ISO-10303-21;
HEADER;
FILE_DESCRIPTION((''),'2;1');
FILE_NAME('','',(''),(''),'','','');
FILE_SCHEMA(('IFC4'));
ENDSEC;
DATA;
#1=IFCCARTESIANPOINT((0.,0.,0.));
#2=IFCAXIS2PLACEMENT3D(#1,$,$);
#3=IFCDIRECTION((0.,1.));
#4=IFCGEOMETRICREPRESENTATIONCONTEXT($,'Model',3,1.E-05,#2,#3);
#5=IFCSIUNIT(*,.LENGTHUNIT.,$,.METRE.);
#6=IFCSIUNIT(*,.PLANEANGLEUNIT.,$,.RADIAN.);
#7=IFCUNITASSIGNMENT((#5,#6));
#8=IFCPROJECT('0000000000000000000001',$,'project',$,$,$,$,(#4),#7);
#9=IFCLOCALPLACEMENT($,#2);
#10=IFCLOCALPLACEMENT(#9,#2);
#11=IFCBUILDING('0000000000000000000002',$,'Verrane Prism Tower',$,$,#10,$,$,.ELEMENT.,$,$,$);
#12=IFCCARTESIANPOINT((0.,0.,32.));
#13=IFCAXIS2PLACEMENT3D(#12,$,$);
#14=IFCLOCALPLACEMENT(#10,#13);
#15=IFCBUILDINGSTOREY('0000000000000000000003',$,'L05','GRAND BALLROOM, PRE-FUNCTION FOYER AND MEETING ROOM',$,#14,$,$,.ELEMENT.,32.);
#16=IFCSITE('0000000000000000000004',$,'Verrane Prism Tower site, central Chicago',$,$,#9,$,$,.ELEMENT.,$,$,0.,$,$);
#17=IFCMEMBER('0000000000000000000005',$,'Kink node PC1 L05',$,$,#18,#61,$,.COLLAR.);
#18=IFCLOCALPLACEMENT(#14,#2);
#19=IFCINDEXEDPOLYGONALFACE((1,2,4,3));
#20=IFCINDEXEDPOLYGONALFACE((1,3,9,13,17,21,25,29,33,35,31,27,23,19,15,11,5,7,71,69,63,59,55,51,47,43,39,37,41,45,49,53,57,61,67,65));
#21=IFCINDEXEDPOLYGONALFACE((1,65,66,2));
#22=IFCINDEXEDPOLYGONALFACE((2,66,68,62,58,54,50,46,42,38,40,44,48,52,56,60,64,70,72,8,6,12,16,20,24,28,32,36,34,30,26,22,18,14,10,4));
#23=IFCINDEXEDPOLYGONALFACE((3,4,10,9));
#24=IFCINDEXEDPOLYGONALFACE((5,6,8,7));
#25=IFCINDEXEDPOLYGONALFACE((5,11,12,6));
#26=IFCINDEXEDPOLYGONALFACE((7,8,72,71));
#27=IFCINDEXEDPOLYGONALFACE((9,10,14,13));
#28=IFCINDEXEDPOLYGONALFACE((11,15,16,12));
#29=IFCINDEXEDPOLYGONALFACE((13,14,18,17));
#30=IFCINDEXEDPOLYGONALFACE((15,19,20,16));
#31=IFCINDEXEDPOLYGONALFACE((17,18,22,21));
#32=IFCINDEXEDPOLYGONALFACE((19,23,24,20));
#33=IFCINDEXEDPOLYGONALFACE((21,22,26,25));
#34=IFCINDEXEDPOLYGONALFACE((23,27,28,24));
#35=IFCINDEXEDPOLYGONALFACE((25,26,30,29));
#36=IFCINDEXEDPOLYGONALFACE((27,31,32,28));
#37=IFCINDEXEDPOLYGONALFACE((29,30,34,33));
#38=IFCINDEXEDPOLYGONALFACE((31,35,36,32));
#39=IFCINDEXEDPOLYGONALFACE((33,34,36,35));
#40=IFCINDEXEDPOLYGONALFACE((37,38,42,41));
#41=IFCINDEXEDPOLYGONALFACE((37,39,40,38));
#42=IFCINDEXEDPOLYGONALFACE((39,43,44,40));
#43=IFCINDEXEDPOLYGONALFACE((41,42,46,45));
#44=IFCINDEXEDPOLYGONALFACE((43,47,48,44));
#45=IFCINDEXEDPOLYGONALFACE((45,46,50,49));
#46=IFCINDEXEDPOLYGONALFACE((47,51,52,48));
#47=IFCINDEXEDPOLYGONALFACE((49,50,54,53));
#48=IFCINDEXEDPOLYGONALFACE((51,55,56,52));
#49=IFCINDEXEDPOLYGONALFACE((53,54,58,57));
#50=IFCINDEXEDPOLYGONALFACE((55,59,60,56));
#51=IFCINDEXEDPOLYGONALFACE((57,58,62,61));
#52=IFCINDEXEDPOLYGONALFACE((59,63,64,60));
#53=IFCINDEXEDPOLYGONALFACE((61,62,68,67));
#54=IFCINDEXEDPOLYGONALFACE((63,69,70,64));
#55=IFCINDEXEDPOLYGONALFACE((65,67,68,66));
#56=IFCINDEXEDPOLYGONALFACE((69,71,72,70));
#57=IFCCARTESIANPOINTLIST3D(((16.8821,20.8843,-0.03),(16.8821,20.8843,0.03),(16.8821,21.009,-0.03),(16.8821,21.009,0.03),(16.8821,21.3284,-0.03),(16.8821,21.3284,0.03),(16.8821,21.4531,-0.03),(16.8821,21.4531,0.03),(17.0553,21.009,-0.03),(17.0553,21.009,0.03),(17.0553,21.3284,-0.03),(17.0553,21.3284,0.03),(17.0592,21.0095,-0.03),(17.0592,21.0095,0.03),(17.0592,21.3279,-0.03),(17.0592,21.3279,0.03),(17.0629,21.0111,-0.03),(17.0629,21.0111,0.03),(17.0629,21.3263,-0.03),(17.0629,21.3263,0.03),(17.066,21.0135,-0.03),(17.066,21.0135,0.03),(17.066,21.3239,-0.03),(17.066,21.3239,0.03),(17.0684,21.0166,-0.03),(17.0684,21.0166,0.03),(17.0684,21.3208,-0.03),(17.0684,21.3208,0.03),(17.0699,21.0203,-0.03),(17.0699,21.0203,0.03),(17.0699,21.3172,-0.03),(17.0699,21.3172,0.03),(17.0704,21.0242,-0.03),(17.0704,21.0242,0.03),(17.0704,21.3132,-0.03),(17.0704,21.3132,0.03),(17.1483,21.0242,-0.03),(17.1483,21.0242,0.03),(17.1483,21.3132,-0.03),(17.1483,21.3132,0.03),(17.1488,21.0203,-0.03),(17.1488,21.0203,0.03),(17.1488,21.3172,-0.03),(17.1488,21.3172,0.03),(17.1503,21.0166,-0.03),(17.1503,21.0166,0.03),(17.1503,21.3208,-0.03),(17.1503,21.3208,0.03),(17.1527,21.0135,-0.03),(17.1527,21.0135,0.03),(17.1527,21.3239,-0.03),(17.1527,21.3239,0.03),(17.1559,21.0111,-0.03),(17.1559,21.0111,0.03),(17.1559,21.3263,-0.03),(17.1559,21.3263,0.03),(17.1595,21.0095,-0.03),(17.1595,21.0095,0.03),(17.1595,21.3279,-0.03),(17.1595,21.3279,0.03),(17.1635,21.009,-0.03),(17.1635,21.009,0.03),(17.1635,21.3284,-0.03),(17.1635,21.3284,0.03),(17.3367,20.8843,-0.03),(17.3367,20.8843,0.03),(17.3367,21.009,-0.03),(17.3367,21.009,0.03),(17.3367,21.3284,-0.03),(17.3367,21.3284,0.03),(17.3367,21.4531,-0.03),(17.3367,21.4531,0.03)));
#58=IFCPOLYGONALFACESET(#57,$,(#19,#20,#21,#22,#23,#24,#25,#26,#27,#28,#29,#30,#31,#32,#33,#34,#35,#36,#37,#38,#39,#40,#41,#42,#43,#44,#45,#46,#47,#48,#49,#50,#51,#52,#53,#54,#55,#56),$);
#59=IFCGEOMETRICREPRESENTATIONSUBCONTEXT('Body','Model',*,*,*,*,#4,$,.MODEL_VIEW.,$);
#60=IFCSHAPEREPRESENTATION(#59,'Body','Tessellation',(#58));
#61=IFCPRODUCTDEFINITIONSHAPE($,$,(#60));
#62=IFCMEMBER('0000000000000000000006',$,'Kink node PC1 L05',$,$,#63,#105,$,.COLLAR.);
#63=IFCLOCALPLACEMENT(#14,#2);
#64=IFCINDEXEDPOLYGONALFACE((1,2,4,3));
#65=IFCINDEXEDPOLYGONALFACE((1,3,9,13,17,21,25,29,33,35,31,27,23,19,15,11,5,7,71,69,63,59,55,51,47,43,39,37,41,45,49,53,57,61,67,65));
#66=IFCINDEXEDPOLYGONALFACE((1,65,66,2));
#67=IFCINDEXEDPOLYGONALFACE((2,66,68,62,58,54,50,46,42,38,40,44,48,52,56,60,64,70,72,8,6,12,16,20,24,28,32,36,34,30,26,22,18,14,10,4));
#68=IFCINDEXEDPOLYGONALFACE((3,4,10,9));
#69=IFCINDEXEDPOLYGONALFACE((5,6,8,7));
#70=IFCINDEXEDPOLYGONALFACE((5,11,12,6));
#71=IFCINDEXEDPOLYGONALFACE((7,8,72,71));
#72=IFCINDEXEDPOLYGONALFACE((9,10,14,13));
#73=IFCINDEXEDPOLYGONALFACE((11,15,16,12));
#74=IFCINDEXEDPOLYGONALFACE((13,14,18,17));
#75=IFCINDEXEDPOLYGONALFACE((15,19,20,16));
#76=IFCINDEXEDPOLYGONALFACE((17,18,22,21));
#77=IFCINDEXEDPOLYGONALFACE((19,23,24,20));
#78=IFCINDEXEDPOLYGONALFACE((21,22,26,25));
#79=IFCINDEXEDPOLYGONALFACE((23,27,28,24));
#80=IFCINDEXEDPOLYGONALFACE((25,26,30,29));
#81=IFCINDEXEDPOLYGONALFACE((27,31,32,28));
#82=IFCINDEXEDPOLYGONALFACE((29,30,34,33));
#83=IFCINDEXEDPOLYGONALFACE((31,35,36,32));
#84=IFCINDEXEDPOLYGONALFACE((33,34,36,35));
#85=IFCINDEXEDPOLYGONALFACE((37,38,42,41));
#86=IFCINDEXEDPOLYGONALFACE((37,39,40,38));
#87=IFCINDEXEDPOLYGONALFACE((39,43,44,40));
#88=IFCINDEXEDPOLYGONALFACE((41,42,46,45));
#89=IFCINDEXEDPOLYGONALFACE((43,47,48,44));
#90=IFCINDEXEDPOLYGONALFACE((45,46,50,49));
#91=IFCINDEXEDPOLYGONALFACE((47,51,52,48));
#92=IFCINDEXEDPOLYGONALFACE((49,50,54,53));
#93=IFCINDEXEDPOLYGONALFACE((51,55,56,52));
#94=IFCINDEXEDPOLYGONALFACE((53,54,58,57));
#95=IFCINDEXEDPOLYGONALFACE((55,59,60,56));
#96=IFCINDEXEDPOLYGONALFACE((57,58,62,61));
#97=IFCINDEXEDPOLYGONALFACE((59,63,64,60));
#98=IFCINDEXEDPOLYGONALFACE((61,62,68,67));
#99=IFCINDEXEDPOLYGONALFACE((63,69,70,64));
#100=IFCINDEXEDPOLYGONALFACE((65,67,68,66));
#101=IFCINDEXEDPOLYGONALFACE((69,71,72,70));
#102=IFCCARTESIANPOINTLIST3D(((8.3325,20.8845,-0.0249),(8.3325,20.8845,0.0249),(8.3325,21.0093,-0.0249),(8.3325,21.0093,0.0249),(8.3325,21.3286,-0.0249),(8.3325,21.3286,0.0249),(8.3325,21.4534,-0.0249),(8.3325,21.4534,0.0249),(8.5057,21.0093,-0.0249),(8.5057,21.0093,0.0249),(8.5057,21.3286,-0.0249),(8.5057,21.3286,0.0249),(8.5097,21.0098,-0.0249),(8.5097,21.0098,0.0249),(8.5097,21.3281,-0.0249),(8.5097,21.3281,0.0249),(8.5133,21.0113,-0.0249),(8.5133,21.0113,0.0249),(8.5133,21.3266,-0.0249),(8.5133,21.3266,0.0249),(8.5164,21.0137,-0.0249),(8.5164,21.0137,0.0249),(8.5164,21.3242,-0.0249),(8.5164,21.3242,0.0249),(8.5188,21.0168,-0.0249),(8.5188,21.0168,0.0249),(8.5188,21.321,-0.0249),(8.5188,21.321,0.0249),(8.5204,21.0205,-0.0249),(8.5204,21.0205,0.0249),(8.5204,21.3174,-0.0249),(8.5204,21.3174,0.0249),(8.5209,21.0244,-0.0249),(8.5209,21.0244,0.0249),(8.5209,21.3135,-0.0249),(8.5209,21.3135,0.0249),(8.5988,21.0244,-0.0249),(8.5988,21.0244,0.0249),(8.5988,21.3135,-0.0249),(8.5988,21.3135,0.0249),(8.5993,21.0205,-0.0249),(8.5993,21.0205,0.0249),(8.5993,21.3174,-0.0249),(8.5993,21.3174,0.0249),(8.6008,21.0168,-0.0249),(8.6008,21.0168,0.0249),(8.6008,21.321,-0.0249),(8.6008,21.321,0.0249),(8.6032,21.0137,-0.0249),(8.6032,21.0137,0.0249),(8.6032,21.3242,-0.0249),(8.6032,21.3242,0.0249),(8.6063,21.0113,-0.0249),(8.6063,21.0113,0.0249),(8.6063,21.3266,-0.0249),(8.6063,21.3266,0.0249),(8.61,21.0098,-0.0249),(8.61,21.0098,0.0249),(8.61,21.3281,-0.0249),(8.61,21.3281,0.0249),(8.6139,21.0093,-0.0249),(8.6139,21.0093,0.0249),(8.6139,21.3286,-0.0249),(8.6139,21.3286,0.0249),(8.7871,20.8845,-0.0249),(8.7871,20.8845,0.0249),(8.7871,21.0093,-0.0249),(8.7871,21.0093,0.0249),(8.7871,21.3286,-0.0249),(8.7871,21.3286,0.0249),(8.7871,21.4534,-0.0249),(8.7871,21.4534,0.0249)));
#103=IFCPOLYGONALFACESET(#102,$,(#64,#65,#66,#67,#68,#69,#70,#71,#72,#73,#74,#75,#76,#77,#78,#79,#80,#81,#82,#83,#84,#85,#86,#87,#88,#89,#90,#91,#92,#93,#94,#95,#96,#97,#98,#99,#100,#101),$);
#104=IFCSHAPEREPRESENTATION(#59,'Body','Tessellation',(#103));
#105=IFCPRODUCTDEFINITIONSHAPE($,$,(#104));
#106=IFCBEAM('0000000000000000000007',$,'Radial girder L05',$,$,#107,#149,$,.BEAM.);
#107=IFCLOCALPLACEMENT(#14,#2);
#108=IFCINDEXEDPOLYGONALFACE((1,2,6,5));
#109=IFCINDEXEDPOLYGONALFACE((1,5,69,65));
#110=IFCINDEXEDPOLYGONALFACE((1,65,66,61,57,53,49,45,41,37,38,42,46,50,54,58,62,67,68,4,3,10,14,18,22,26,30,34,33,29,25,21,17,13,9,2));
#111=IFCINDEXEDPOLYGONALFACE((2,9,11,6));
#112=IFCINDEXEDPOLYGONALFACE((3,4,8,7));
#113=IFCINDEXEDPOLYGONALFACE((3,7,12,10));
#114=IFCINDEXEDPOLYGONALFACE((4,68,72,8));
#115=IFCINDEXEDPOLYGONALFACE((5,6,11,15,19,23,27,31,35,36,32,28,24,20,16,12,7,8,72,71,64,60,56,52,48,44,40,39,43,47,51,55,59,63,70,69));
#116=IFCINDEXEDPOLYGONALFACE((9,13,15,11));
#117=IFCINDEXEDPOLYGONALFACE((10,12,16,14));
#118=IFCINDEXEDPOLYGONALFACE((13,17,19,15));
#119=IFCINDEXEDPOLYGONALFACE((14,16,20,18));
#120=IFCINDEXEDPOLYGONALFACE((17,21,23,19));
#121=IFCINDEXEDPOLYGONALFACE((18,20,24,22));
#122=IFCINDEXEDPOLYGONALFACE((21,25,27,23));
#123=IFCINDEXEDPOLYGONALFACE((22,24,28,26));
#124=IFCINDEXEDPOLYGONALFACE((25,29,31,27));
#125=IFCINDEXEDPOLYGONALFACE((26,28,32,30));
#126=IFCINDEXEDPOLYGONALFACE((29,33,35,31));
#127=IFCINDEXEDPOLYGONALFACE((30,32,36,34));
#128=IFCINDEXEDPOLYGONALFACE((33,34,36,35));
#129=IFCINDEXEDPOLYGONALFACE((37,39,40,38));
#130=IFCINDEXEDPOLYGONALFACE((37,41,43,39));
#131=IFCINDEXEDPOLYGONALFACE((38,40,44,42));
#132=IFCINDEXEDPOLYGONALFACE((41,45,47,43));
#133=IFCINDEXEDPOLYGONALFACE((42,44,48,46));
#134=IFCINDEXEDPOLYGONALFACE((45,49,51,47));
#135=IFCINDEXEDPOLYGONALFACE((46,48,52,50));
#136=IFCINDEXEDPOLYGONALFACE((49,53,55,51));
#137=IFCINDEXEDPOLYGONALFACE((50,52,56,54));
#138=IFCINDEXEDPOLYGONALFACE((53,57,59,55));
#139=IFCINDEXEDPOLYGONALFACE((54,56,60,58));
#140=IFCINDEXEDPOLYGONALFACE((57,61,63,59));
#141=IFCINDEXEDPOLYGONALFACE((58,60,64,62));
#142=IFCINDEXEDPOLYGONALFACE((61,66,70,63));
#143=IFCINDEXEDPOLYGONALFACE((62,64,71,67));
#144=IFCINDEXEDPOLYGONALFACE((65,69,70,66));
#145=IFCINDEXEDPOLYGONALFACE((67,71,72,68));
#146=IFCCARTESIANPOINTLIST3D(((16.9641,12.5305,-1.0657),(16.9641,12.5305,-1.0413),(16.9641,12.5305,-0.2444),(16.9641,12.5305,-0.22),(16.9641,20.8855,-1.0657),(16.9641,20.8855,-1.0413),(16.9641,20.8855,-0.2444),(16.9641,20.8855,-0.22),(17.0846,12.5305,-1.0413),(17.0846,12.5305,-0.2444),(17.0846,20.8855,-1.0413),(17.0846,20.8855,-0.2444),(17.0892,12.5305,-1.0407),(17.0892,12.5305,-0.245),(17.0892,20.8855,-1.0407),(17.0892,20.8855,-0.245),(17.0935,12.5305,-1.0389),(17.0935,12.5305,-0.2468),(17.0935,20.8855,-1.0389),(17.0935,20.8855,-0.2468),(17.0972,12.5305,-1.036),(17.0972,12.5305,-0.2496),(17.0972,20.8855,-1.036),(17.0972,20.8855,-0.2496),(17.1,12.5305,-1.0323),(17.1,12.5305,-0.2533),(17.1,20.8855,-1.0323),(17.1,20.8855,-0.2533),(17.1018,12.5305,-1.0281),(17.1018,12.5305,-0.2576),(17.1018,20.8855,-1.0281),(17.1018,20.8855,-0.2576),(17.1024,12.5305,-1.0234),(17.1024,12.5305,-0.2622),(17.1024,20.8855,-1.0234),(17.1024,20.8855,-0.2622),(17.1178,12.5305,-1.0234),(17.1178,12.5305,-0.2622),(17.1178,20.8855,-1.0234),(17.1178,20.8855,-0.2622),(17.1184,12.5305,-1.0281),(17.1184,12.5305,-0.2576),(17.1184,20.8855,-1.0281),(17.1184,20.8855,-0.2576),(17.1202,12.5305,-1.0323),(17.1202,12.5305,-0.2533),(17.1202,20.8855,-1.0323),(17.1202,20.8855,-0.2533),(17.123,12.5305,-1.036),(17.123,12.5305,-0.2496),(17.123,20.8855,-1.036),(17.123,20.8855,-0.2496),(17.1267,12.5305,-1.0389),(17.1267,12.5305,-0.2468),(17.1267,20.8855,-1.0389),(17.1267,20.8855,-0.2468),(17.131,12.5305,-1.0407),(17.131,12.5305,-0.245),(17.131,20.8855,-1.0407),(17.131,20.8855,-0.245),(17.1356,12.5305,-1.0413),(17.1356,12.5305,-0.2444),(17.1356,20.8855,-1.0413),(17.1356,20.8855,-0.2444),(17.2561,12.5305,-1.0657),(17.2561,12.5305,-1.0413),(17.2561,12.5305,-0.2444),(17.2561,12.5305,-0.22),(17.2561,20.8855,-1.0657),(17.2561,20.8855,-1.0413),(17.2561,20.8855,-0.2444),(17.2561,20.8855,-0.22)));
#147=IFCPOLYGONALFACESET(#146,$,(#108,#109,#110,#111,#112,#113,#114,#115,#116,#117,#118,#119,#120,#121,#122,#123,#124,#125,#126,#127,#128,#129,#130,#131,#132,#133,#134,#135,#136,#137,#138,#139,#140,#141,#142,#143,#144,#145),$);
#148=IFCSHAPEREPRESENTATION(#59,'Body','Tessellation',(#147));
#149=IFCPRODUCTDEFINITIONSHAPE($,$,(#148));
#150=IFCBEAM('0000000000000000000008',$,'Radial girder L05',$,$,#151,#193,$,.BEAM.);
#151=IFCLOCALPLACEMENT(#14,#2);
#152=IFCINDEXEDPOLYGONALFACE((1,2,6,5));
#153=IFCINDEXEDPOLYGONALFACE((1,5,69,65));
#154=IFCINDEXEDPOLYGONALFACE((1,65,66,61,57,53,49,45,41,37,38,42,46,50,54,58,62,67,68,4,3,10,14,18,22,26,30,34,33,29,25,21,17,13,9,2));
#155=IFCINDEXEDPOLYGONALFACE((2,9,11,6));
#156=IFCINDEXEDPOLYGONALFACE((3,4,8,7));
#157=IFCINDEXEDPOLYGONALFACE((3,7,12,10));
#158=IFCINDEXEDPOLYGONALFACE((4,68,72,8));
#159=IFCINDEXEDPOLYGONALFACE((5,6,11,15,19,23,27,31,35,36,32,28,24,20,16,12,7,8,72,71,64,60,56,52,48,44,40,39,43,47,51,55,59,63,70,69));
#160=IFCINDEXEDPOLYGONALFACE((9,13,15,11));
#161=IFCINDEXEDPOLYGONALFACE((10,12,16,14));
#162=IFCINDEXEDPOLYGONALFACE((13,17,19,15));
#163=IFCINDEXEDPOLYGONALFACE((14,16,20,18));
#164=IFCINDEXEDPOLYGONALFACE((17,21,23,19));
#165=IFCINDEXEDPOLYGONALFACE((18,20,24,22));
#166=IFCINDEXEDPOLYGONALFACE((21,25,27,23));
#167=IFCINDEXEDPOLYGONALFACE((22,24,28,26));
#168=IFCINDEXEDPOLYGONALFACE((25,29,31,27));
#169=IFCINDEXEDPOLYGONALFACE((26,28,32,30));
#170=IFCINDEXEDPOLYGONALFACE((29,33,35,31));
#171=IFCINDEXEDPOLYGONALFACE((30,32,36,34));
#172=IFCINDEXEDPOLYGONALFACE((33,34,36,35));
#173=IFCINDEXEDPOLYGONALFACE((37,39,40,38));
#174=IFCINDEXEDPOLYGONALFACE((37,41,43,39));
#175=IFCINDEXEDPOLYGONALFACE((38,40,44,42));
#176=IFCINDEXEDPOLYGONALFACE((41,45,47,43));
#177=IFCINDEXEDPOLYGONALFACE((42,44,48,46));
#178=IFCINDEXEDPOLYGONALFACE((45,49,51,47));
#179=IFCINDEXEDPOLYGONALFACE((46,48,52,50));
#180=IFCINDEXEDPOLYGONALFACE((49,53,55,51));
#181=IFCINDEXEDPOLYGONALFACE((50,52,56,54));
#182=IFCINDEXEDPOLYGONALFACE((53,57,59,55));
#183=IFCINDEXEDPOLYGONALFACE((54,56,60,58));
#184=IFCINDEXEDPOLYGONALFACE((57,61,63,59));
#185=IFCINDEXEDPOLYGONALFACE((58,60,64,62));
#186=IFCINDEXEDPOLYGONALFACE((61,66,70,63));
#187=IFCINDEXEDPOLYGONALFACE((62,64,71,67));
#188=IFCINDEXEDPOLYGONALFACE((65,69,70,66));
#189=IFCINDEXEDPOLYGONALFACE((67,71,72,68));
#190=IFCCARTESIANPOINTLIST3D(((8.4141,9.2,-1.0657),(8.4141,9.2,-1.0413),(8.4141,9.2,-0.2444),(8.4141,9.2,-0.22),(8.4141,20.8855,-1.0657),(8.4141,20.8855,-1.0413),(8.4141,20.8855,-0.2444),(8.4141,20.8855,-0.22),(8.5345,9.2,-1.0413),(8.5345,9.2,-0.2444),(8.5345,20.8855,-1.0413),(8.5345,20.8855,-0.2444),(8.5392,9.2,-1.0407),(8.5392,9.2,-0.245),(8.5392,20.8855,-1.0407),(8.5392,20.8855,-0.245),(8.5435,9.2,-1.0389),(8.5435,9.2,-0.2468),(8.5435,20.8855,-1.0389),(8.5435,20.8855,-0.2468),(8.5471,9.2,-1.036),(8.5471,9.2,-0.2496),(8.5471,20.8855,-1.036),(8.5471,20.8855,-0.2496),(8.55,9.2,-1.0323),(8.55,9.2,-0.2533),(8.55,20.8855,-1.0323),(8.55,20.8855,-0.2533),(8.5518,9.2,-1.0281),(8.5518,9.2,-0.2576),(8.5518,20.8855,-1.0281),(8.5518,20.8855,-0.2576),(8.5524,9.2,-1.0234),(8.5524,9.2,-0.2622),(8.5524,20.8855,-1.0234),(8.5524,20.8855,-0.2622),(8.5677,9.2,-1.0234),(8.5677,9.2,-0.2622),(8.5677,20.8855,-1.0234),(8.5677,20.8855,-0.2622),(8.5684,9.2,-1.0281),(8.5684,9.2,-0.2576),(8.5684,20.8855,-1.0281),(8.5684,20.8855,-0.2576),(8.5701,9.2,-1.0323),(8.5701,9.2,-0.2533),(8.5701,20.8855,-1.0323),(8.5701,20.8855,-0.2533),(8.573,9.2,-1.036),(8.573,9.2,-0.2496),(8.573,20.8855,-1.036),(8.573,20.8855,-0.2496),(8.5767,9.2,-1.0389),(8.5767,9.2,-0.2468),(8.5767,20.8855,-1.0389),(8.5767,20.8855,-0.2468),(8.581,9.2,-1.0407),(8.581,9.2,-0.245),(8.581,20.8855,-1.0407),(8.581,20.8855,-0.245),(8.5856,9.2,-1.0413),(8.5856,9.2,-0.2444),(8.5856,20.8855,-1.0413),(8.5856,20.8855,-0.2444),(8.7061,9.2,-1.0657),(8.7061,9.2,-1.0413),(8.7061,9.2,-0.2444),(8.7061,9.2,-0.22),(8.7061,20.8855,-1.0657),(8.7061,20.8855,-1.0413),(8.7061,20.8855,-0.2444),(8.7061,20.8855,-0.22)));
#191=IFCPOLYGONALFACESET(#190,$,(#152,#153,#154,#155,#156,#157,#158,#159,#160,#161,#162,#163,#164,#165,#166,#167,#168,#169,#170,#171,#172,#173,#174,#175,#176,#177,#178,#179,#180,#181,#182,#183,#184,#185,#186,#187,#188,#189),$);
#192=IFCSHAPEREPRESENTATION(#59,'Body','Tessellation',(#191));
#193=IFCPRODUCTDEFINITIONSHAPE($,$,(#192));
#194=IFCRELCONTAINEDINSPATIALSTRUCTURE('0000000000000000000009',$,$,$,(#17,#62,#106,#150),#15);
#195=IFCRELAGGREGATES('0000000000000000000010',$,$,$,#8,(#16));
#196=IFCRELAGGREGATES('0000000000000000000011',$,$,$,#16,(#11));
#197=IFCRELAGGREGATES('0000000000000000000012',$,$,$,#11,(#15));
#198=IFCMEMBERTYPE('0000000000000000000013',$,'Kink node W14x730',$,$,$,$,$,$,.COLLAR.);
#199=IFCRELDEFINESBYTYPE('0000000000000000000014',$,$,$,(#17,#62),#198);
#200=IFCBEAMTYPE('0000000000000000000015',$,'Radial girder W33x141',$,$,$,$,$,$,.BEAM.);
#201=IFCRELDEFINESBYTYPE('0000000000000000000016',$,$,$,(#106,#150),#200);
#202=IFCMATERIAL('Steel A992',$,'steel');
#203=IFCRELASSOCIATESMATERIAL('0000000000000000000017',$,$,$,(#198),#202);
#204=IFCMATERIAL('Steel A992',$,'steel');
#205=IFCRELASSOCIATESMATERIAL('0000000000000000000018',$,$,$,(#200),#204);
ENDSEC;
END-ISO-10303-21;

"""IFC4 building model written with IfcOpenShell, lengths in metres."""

from ifc_helpers import new_model, si_unit, direction, frame, origin, origin_2d, place, context, subcontext, project, spatial, i_section, extrude, material, material_profile, profile_set, type_object, element, save


model = new_model("IFC4")

# Units and contexts
model_context = context("Model", 3, precision=1e-05, world=origin(), true_north=direction((0.0, 1.0)))
body_context = subcontext(model_context, "Body", "Model", "MODEL_VIEW")
ifc_project = project(units=[si_unit("LENGTHUNIT", "METRE"), si_unit("PLANEANGLEUNIT", "RADIAN")], contexts=[model_context])

# Site, building, storey
site_placement = place(None, origin())
site = spatial("IfcSite", under=ifc_project, at=site_placement, Name="Verrane Prism Tower site, central Chicago", CompositionType="ELEMENT", RefElevation=0.0)
building_placement = place(site_placement, origin())
building = spatial("IfcBuilding", under=site, at=building_placement, Name="Verrane Prism Tower", CompositionType="ELEMENT")
storey_placement = place(building_placement, frame((0.0, 0.0, 32.0)))
storey = spatial("IfcBuildingStorey", under=building, at=storey_placement, Name="L05", Description="GRAND BALLROOM, PRE-FUNCTION FOYER AND MEETING ROOM", CompositionType="ELEMENT", Elevation=32.0)

# Members
ifc_material_1 = material(Name="Steel A992", Category="steel")
ifc_material_profile_1 = material_profile(ifc_material_1, i_section(OverallWidth=0.4546, OverallDepth=0.5688, WebThickness=0.0779, FlangeThickness=0.1248, FilletRadius=0.0151, at=origin_2d()), Name="W14x730")
ifc_profile_set_1 = profile_set([ifc_material_profile_1], Name="Steel A992")
member_type_1 = type_object("IfcMemberType", Name="Kink node W14x730", PredefinedType="COLLAR", material=ifc_profile_set_1)
member_1_placement = place(storey_placement, frame((17.1094, 21.1687, -0.03), z_axis=(0.0, 0.0, 1.0), x_axis=(1.0, 0.0, 0.0)))
element("IfcMember", 1, at=member_1_placement, inside=storey, type_object=member_type_1, Name="Kink node PC1 L05", PredefinedType="COLLAR", context=body_context, shape_type="SweptSolid", body=[
    extrude(i_section(OverallWidth=0.4546, OverallDepth=0.5688, WebThickness=0.0779, FlangeThickness=0.1248, FilletRadius=0.0151, at=origin_2d()), origin(), (0.0, 0.0, 1.0), 0.0601),
])
member_2_placement = place(storey_placement, frame((8.5598, 21.1689, -0.0249), z_axis=(0.0, 0.0, 1.0), x_axis=(1.0, 0.0, 0.0)))
element("IfcMember", 2, at=member_2_placement, inside=storey, type_object=member_type_1, Name="Kink node PC1 L05", PredefinedType="COLLAR", context=body_context, shape_type="SweptSolid", body=[
    extrude(i_section(OverallWidth=0.4546, OverallDepth=0.5688, WebThickness=0.0779, FlangeThickness=0.1248, FilletRadius=0.0151, at=origin_2d()), origin(), (0.0, 0.0, 1.0), 0.0498),
])

# Beams
ifc_material_2 = material(Name="Steel A992", Category="steel")
ifc_material_profile_2 = material_profile(ifc_material_2, i_section(OverallWidth=0.292, OverallDepth=0.8457, WebThickness=0.0154, FlangeThickness=0.0244, FilletRadius=0.0178, at=origin_2d()), Name="W33x141")
ifc_profile_set_2 = profile_set([ifc_material_profile_2], Name="Steel A992")
beam_type_1 = type_object("IfcBeamType", Name="Radial girder W33x141", PredefinedType="BEAM", material=ifc_profile_set_2)
beam_1_placement = place(storey_placement, frame((17.1101, 20.8855, -0.6428), z_axis=(0.0, -1.0, 0.0), x_axis=(1.0, 0.0, 0.0)))
element("IfcBeam", 3, at=beam_1_placement, inside=storey, type_object=beam_type_1, Name="Radial girder L05", PredefinedType="BEAM", context=body_context, shape_type="SweptSolid", body=[
    extrude(i_section(OverallWidth=0.292, OverallDepth=0.8457, WebThickness=0.0154, FlangeThickness=0.0244, FilletRadius=0.0178, at=origin_2d()), origin(), (0.0, 0.0, 1.0), 8.355),
])
beam_2_placement = place(storey_placement, frame((8.5601, 20.8855, -0.6428), z_axis=(0.0, -1.0, 0.0), x_axis=(1.0, 0.0, 0.0)))
element("IfcBeam", 4, at=beam_2_placement, inside=storey, type_object=beam_type_1, Name="Radial girder L05", PredefinedType="BEAM", context=body_context, shape_type="SweptSolid", body=[
    extrude(i_section(OverallWidth=0.292, OverallDepth=0.8457, WebThickness=0.0154, FlangeThickness=0.0244, FilletRadius=0.0178, at=origin_2d()), origin(), (0.0, 0.0, 1.0), 11.6855),
])

save(model, "model.ifc")
